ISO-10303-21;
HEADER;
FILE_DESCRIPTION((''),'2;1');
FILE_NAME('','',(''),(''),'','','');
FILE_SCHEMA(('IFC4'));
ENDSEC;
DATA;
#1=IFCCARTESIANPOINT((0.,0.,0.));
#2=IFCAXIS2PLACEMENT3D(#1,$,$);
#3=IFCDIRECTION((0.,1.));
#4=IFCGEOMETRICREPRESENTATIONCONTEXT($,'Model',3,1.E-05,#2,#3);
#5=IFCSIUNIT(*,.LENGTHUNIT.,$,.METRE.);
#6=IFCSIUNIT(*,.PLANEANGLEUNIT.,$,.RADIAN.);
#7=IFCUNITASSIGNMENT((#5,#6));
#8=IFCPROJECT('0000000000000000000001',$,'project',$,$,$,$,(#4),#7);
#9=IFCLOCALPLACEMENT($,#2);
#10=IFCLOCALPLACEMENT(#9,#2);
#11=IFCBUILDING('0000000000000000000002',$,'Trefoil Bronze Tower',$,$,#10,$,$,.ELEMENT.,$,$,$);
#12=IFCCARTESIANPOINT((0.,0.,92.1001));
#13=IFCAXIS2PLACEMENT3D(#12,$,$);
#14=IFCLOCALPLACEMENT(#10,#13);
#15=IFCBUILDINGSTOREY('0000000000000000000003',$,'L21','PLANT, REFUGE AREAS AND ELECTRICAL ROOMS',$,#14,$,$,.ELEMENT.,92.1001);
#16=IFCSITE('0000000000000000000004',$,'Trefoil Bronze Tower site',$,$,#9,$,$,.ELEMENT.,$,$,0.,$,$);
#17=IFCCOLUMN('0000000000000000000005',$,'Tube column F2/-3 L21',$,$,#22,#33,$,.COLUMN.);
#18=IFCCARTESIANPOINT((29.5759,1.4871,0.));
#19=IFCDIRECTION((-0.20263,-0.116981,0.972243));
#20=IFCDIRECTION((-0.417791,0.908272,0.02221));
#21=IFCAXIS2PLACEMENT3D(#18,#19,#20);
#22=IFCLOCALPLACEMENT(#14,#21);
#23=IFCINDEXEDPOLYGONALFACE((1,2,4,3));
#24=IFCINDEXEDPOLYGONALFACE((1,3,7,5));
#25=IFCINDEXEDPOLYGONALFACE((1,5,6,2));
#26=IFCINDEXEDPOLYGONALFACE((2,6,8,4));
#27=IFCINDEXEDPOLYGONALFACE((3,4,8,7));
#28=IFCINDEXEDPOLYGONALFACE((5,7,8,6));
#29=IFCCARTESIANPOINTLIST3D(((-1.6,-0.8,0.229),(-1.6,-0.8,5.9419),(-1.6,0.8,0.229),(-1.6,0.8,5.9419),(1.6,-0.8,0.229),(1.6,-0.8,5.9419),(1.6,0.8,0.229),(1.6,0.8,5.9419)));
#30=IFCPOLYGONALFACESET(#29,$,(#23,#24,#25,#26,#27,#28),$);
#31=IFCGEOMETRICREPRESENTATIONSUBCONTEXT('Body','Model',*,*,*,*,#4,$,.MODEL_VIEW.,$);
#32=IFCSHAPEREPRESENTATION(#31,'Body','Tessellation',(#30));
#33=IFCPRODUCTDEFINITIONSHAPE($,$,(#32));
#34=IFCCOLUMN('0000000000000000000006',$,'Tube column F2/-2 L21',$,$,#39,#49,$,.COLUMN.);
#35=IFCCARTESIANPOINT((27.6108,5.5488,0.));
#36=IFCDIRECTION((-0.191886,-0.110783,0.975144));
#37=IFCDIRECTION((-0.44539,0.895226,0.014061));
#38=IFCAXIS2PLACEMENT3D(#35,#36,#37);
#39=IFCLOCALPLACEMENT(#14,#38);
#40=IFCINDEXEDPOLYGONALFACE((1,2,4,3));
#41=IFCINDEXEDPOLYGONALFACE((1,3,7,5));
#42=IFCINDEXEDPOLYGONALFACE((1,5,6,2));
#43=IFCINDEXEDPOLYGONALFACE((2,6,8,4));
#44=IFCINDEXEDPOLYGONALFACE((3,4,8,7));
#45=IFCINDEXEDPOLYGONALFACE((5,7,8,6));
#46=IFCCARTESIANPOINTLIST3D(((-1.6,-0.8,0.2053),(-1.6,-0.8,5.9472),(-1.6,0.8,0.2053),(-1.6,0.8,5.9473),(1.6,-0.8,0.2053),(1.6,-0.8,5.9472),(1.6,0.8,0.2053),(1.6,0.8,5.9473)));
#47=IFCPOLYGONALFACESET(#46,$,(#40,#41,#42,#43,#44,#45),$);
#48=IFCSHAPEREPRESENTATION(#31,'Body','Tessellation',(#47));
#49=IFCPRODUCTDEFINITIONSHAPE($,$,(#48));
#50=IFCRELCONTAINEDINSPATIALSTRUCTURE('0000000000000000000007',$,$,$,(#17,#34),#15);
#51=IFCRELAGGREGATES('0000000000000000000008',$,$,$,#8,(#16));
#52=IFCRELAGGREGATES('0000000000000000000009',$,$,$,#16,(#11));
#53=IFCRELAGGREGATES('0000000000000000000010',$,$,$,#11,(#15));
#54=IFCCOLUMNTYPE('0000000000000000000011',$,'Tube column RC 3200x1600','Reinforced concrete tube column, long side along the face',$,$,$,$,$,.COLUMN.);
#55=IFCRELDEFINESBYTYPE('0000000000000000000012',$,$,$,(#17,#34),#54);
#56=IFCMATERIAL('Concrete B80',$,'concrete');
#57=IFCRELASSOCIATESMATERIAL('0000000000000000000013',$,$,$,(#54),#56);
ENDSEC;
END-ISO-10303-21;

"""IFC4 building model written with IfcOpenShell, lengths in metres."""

from ifc_helpers import new_model, si_unit, direction, frame, origin, origin_2d, place, context, subcontext, project, spatial, rectangle, extrude, clip, halfspace, material, material_profile, profile_set, type_object, element, save


model = new_model("IFC4")

# Units and contexts
model_context = context("Model", 3, precision=1e-05, world=origin(), true_north=direction((0.0, 1.0)))
body_context = subcontext(model_context, "Body", "Model", "MODEL_VIEW")
ifc_project = project(units=[si_unit("LENGTHUNIT", "METRE"), si_unit("PLANEANGLEUNIT", "RADIAN")], contexts=[model_context])

# Site, building, storey
site_placement = place(None, origin())
site = spatial("IfcSite", under=ifc_project, at=site_placement, Name="Trefoil Bronze Tower site", CompositionType="ELEMENT", RefElevation=0.0)
building_placement = place(site_placement, origin())
building = spatial("IfcBuilding", under=site, at=building_placement, Name="Trefoil Bronze Tower", CompositionType="ELEMENT")
storey_placement = place(building_placement, frame((0.0, 0.0, 92.1001)))
storey = spatial("IfcBuildingStorey", under=building, at=storey_placement, Name="L21", Description="PLANT, REFUGE AREAS AND ELECTRICAL ROOMS", CompositionType="ELEMENT", Elevation=92.1001)

# Columns
ifc_material_1 = material(Name="Concrete B80", Category="concrete")
ifc_material_profile_1 = material_profile(ifc_material_1, rectangle(XDim=3.2, YDim=1.6001, at=origin_2d()), Name="RC 3200x1600")
ifc_profile_set_1 = profile_set([ifc_material_profile_1], Name="Concrete B80")
column_type = type_object("IfcColumnType", Name="Tube column RC 3200x1600", Description="Reinforced concrete tube column, long side along the face", PredefinedType="COLUMN", material=ifc_profile_set_1)
column_1_placement = place(storey_placement, frame((29.5759, 1.4871, 0.0), z_axis=(-0.20263, -0.116981, 0.972243), x_axis=(-0.417791, 0.908272, 0.02221)))
element("IfcColumn", 1, at=column_1_placement, inside=storey, type_object=column_type, Name="Tube column F2/-3 L21", PredefinedType="COLUMN", context=body_context, shape_type="Clipping", body=[
    clip(clip(extrude(rectangle(XDim=3.2, YDim=1.6001, at=origin_2d()), origin(), (0.0, 0.0, 1.0), 6.1714), halfspace(frame((0.0002, 0.0, 0.229), z_axis=(-0.000006, -0.000003, 1.0), x_axis=(0.0, 1.0, 0.000003)), True)), halfspace(frame((0.0, 0.0, 5.9419), z_axis=(0.000006, 0.000003, -1.0), x_axis=(0.0, -1.0, -0.000003)), True)),
])
column_2_placement = place(storey_placement, frame((27.6108, 5.5488, 0.0), z_axis=(-0.191886, -0.110783, 0.975144), x_axis=(-0.44539, 0.895226, 0.014061)))
element("IfcColumn", 2, at=column_2_placement, inside=storey, type_object=column_type, Name="Tube column F2/-2 L21", PredefinedType="COLUMN", context=body_context, shape_type="Clipping", body=[
    clip(clip(extrude(rectangle(XDim=3.2, YDim=1.6001, at=origin_2d()), origin(), (0.0, 0.0, 1.0), 6.1528), halfspace(frame((0.0, 0.0, 0.2053), z_axis=(-0.000001, -0.000023, 1.0), x_axis=(0.0, 1.0, 0.000023)), True)), halfspace(frame((0.0, 0.0, 5.9473), z_axis=(0.000001, 0.000023, -1.0), x_axis=(0.0, -1.0, -0.000023)), True)),
])

save(model, "model.ifc")
